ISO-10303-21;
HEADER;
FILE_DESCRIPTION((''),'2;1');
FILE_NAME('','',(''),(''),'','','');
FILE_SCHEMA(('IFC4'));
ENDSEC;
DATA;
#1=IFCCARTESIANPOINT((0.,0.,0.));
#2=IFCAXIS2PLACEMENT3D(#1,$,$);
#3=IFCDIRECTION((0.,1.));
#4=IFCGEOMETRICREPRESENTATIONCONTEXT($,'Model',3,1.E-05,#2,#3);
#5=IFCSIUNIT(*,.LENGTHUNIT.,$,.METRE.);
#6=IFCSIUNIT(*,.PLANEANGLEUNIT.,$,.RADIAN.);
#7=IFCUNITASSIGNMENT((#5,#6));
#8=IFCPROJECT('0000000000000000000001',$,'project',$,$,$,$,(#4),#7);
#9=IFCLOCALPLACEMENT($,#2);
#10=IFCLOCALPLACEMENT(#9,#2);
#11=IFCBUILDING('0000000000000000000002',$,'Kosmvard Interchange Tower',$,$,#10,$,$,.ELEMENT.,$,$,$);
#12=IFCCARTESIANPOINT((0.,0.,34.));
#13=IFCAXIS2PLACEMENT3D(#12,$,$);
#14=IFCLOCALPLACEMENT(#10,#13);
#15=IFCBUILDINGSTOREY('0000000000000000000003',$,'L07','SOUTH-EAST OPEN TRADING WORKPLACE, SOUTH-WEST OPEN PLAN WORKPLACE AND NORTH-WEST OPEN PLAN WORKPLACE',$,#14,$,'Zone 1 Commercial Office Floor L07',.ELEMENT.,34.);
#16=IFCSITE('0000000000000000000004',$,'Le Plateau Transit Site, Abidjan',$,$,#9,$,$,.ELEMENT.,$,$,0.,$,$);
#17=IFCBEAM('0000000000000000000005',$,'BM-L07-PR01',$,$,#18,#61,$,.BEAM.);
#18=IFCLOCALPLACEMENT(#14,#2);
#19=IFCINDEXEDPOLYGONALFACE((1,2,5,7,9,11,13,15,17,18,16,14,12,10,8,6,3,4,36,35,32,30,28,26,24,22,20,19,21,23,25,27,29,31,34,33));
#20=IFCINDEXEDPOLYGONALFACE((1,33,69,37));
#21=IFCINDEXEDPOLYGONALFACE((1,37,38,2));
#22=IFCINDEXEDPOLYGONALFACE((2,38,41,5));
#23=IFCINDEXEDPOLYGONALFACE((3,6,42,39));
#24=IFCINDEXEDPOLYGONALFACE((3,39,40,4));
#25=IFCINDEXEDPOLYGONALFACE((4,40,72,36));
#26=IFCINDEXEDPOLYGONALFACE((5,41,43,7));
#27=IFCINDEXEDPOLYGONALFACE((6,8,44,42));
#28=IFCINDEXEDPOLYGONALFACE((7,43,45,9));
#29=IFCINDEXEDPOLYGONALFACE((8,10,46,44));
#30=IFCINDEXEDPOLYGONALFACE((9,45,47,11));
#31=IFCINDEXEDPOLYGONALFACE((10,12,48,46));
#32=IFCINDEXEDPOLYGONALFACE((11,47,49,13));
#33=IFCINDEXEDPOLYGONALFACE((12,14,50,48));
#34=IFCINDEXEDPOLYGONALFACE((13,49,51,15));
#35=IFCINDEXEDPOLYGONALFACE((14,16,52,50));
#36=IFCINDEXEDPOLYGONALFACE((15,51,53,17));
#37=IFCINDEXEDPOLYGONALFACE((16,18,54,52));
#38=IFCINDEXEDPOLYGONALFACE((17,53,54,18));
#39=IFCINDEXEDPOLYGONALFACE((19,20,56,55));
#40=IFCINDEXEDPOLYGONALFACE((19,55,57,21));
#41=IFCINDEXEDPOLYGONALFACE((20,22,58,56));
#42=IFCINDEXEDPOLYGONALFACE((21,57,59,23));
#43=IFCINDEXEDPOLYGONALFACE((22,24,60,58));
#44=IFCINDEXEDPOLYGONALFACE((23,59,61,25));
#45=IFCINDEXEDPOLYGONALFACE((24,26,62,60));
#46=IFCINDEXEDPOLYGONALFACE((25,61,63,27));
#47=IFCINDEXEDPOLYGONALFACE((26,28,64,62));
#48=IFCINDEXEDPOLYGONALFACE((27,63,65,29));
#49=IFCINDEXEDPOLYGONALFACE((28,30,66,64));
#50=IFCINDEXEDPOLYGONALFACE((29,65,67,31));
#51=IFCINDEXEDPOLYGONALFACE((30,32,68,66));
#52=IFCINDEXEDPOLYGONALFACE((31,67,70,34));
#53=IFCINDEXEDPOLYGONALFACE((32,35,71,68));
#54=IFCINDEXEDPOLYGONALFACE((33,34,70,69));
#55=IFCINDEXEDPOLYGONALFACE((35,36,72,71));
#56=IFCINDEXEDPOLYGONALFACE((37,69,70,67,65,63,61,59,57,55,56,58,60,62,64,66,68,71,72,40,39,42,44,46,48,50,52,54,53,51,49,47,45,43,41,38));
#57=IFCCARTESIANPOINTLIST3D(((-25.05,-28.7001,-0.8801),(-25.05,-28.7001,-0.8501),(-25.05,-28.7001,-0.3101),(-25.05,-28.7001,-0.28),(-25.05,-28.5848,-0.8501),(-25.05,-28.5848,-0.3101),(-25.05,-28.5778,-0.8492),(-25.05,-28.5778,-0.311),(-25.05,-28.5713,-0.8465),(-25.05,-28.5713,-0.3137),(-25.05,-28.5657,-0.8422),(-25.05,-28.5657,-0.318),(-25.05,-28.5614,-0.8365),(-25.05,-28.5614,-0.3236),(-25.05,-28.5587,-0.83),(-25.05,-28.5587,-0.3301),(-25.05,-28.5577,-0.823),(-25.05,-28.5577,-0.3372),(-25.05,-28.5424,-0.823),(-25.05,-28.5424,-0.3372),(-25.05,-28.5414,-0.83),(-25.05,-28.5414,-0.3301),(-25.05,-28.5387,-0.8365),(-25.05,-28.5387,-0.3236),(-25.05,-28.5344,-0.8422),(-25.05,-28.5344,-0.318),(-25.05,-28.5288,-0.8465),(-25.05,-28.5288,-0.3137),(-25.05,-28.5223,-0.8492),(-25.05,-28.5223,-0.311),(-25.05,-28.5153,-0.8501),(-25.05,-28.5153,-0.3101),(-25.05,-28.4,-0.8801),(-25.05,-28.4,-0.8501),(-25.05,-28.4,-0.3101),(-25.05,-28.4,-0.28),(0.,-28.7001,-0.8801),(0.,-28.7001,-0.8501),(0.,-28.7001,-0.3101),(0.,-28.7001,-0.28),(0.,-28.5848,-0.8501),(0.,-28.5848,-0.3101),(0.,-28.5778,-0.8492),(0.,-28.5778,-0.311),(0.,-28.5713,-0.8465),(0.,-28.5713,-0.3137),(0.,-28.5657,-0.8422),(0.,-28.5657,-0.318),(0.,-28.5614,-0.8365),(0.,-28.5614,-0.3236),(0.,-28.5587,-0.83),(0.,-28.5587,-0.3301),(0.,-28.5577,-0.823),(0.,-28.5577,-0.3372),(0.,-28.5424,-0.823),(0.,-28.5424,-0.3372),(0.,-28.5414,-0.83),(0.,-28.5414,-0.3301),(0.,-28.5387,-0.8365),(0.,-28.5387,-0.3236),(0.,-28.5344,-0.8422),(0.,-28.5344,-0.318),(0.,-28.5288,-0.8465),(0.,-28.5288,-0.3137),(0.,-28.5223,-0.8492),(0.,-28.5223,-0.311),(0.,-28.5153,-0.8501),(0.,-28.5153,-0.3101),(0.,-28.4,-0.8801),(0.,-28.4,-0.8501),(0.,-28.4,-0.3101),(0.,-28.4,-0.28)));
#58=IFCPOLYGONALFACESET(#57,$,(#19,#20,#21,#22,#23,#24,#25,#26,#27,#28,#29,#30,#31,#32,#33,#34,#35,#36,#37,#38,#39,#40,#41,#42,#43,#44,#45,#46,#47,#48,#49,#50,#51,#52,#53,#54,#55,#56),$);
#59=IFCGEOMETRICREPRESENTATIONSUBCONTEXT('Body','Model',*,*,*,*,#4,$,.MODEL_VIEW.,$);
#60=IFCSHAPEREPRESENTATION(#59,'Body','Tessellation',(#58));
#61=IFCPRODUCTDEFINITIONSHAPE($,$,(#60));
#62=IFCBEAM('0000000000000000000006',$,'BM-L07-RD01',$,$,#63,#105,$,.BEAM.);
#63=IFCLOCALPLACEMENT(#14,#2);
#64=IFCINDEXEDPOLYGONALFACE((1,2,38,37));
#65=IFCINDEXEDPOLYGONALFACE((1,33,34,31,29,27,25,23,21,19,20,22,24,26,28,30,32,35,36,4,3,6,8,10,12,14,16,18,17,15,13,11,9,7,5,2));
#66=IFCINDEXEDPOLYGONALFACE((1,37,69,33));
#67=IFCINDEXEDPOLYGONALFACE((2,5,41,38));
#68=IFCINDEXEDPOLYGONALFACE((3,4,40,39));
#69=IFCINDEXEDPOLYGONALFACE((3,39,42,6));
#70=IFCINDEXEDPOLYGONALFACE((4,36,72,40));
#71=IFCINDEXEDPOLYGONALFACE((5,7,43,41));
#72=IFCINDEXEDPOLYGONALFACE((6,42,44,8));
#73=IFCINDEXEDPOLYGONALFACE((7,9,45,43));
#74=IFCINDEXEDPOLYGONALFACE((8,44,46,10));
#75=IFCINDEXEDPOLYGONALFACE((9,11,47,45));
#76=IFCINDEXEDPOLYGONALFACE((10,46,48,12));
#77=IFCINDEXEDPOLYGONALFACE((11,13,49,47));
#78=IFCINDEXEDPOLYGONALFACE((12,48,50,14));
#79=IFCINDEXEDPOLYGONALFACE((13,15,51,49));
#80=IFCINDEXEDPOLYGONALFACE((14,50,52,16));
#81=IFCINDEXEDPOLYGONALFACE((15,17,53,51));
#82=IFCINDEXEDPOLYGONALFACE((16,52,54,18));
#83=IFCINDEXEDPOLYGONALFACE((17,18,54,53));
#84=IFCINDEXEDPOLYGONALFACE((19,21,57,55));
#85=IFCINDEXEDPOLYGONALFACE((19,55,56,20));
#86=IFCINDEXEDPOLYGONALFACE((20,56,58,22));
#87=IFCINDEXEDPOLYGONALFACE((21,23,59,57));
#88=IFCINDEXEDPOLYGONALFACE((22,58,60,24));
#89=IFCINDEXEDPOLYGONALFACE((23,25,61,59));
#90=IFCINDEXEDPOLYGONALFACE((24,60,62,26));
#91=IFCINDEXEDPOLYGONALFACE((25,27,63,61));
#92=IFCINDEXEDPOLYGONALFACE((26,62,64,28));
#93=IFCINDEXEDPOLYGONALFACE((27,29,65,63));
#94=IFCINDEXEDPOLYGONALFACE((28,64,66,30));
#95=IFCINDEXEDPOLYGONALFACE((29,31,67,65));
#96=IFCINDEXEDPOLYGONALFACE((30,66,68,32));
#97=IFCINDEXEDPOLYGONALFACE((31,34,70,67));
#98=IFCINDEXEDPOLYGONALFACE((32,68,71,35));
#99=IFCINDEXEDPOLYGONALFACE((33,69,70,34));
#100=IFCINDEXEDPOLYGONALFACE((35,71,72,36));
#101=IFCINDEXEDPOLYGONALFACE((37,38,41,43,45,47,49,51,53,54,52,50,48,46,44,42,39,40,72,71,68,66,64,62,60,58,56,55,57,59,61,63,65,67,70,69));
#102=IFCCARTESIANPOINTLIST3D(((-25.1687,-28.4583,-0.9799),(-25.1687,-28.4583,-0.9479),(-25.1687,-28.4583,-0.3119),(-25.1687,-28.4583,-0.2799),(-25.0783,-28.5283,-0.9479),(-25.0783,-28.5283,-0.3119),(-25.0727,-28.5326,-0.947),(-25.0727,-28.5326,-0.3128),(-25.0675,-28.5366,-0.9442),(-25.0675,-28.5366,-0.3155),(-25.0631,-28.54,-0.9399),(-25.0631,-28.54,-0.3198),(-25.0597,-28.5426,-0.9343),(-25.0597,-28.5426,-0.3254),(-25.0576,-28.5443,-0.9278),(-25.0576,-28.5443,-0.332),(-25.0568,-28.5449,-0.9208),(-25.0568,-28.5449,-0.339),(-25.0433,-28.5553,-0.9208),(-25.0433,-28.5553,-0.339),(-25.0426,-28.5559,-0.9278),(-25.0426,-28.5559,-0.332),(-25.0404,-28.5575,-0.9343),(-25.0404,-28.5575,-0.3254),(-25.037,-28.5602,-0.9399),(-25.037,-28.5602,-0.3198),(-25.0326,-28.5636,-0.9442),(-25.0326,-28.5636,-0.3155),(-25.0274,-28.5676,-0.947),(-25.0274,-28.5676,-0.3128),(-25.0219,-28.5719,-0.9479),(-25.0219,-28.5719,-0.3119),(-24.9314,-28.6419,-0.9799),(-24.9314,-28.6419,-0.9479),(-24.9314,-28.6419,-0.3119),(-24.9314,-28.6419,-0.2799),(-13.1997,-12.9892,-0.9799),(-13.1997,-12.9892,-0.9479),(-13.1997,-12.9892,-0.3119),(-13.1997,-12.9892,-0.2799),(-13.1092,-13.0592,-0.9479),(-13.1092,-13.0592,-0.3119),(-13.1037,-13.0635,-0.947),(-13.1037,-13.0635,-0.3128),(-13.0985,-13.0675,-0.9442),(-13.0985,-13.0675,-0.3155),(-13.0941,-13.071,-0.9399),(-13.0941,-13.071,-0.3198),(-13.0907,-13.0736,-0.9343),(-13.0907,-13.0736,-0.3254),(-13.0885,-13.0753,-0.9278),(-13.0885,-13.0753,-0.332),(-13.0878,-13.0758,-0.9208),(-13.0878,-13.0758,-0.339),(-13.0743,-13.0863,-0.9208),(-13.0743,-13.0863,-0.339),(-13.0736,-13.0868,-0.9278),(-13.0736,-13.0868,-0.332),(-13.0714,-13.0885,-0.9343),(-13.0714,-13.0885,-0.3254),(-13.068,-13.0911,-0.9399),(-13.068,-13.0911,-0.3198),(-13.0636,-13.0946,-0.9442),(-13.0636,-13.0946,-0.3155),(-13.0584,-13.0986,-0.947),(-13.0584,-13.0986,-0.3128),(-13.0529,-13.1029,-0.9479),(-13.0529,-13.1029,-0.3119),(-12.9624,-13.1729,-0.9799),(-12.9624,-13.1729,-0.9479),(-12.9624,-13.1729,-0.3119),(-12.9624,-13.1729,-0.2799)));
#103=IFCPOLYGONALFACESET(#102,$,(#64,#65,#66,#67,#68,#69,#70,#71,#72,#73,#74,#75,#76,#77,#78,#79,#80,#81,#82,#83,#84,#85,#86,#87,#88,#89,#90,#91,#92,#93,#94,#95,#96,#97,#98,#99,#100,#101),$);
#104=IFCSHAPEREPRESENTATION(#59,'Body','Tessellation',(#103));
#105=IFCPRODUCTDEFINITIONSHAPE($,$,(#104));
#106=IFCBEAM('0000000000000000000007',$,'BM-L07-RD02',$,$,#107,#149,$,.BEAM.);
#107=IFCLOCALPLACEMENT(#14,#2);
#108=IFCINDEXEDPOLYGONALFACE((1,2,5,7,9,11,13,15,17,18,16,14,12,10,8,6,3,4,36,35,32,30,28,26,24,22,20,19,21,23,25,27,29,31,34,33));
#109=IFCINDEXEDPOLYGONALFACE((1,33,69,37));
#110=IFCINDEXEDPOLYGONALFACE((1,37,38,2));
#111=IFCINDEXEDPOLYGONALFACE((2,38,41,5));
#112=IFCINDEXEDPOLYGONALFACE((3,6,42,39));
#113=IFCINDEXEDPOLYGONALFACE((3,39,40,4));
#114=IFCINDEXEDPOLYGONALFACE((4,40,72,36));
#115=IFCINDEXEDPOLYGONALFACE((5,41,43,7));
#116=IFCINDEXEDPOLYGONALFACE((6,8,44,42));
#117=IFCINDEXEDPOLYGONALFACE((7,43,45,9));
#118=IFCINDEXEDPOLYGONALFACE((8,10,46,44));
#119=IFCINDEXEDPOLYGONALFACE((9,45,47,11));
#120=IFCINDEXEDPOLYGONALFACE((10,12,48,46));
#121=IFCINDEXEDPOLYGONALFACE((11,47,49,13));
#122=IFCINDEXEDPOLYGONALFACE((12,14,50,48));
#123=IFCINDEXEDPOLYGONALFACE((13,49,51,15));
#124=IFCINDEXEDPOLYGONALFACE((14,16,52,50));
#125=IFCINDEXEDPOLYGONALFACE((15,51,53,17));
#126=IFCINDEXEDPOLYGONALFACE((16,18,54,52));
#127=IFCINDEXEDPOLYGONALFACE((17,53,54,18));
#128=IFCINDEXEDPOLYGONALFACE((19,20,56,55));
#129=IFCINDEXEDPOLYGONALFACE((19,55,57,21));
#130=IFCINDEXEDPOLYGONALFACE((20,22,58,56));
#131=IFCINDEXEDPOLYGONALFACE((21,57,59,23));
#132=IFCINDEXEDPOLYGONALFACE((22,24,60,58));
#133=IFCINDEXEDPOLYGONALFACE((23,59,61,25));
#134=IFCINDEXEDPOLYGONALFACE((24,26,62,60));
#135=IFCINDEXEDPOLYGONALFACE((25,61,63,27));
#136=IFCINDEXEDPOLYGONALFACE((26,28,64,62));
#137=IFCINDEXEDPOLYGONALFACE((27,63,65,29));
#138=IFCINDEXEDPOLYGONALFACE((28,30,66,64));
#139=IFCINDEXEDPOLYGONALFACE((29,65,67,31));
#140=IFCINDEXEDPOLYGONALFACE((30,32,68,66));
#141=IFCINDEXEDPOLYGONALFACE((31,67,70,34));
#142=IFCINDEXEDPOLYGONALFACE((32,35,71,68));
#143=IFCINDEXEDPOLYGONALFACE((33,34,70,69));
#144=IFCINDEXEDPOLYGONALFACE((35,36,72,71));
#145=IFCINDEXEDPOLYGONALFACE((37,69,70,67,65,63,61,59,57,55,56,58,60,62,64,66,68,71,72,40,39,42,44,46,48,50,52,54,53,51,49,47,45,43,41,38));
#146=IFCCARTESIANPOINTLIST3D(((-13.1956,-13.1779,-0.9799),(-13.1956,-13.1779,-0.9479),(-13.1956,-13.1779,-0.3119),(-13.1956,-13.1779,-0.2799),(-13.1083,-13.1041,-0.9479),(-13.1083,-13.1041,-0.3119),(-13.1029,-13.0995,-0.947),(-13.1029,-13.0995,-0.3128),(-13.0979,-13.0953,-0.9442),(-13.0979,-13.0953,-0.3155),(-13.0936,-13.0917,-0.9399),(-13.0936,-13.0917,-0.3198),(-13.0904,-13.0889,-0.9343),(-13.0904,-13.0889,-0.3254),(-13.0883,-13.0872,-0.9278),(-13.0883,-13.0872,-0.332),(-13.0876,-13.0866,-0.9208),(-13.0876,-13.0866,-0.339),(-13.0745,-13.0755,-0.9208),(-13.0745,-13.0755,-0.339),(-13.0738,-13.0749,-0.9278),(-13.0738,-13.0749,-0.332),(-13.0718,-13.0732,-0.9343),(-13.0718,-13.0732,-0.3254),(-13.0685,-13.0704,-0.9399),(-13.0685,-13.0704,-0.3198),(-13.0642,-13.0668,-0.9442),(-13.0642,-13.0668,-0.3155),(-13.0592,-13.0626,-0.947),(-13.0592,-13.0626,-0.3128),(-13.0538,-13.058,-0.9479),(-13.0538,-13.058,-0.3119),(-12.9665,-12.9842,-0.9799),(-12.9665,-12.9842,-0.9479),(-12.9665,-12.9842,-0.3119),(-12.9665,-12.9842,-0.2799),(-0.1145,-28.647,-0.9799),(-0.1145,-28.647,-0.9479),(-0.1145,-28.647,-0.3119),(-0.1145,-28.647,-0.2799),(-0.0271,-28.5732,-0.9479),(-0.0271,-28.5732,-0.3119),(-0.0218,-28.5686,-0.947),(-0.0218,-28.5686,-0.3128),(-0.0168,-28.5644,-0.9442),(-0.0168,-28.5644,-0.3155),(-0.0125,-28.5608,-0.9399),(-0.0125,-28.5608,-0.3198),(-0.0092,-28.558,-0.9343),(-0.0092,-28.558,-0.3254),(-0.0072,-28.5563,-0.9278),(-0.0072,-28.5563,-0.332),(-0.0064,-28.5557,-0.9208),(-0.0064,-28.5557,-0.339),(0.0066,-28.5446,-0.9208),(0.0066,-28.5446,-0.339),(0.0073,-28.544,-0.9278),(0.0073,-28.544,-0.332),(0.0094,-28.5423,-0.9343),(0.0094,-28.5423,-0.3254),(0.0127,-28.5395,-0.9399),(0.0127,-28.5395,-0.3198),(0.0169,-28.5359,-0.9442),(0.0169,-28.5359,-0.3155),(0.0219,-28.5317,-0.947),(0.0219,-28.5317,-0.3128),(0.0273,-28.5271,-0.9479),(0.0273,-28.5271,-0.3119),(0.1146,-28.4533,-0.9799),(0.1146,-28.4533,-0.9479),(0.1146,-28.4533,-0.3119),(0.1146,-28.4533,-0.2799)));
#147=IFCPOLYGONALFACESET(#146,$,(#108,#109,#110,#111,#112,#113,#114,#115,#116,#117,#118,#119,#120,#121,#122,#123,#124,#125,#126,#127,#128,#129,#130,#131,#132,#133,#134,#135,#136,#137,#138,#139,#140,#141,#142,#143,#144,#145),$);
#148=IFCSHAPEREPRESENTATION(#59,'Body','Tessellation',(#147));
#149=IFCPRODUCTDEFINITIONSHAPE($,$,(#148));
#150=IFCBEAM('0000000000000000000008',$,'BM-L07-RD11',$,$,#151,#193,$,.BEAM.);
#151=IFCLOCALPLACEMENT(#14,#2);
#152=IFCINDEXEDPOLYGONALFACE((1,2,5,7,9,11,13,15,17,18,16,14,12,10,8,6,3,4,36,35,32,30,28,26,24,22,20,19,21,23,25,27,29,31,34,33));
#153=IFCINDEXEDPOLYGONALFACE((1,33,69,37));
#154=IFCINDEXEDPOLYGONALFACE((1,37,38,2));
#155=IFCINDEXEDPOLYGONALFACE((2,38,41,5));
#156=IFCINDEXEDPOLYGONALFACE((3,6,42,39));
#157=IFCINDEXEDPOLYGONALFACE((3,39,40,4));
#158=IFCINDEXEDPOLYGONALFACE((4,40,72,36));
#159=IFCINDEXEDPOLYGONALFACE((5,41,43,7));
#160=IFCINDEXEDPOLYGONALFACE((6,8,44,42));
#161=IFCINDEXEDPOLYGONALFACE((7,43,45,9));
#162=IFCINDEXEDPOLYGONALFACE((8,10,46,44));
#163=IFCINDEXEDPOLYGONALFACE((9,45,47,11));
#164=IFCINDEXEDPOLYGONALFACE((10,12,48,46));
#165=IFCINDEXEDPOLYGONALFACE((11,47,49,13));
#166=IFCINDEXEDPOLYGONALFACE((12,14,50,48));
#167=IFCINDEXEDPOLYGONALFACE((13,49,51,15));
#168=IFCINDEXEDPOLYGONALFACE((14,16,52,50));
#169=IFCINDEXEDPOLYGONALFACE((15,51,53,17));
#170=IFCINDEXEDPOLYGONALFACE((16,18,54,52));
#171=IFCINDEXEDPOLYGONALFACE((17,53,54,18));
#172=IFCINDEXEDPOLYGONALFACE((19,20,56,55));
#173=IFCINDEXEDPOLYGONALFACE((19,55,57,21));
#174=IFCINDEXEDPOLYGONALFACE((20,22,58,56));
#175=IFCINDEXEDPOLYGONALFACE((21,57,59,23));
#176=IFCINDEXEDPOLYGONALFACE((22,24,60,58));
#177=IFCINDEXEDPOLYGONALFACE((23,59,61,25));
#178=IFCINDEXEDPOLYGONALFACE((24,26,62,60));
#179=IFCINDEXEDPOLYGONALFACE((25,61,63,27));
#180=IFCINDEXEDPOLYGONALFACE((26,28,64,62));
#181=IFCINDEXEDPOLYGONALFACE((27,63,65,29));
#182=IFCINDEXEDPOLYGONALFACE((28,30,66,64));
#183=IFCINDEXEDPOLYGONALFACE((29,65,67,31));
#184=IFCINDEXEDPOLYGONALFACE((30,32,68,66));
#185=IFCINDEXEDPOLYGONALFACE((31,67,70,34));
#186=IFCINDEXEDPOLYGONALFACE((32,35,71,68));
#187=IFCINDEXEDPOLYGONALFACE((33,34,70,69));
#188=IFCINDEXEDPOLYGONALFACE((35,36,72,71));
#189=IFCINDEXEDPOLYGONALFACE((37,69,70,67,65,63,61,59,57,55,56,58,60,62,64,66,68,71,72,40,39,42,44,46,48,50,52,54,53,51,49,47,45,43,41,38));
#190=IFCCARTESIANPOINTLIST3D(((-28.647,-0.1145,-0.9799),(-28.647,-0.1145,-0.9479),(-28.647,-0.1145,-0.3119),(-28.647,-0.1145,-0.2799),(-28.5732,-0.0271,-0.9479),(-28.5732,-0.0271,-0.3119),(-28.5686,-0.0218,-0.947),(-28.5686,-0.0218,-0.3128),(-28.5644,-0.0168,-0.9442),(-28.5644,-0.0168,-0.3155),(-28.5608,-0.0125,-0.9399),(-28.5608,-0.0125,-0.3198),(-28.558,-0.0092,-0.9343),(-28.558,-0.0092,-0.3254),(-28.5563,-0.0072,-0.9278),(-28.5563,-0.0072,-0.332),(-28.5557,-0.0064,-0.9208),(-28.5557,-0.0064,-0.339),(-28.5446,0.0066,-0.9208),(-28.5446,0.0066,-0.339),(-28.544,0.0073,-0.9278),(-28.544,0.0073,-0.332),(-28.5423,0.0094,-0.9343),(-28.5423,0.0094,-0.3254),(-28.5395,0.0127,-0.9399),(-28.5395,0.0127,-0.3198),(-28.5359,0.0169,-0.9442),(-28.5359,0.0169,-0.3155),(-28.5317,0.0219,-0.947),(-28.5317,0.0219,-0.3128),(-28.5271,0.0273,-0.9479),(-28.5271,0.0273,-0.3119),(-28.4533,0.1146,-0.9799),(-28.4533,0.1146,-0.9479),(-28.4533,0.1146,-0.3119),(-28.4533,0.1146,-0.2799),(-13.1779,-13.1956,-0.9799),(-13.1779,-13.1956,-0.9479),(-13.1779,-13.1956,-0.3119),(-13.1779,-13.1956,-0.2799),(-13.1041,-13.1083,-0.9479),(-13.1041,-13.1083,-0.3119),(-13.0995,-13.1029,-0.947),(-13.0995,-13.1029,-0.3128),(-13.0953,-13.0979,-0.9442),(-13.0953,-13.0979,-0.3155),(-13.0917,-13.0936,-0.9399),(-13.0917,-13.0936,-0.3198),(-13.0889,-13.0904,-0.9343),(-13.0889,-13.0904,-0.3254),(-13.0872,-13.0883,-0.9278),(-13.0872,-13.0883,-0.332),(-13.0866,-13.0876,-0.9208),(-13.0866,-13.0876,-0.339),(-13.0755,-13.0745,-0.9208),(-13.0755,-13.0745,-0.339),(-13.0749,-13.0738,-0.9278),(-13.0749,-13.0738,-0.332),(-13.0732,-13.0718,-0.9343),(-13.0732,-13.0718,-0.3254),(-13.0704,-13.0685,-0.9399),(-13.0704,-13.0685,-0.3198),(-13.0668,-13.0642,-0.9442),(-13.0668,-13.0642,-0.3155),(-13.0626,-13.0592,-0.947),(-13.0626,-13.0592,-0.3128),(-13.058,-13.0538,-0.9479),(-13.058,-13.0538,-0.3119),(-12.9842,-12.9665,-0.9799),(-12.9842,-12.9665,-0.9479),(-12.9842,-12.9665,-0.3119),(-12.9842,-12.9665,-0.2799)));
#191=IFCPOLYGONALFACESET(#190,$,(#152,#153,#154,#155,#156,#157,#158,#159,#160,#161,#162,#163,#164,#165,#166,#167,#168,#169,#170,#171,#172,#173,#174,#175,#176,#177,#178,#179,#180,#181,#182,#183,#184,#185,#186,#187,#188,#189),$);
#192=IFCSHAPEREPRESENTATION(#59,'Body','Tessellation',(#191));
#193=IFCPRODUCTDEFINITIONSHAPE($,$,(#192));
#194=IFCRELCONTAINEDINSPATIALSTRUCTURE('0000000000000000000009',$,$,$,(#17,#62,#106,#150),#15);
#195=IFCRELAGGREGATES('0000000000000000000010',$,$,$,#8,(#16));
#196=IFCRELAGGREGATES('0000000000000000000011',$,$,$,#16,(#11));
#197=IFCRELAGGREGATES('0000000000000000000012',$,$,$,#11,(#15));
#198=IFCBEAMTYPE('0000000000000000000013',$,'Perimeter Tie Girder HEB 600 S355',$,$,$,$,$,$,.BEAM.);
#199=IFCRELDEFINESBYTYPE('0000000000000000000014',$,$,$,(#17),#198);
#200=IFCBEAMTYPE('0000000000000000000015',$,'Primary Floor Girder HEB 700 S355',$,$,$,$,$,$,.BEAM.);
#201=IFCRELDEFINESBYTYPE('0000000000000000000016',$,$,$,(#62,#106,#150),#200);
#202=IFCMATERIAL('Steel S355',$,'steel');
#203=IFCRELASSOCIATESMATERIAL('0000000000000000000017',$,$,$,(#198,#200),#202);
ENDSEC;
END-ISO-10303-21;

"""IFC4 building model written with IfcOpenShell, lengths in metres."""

from ifc_helpers import new_model, si_unit, direction, frame, origin, origin_2d, place, context, subcontext, project, spatial, i_section, extrude, source, transform, mapped, material, material_profile, profile_set, type_object, element, save


model = new_model("IFC4")

# Units and contexts
model_context = context("Model", 3, precision=1e-05, world=origin(), true_north=direction((0.0, 1.0)))
body_context = subcontext(model_context, "Body", "Model", "MODEL_VIEW")
ifc_project = project(units=[si_unit("LENGTHUNIT", "METRE"), si_unit("PLANEANGLEUNIT", "RADIAN")], contexts=[model_context])

# Site, building, storey
site_placement = place(None, origin())
site = spatial("IfcSite", under=ifc_project, at=site_placement, Name="Le Plateau Transit Site, Abidjan", CompositionType="ELEMENT", RefElevation=0.0)
building_placement = place(site_placement, origin())
building = spatial("IfcBuilding", under=site, at=building_placement, Name="Kosmvard Interchange Tower", CompositionType="ELEMENT")
storey_placement = place(building_placement, frame((0.0, 0.0, 34.0)))
storey = spatial("IfcBuildingStorey", under=building, at=storey_placement, Name="L07", Description="SOUTH-EAST OPEN TRADING WORKPLACE, SOUTH-WEST OPEN PLAN WORKPLACE AND NORTH-WEST OPEN PLAN WORKPLACE", LongName="Zone 1 Commercial Office Floor L07", CompositionType="ELEMENT", Elevation=34.0)

# Beams
ifc_material_1 = material(Name="Steel S355", Category="steel")
ifc_material_profile_1 = material_profile(ifc_material_1, i_section(OverallWidth=0.3, OverallDepth=0.6001, WebThickness=0.0154, FlangeThickness=0.03, FilletRadius=0.0271, at=origin_2d()), Name="HEB 600")
ifc_profile_set_1 = profile_set([ifc_material_profile_1], Name="Steel S355")
beam_type_1 = type_object("IfcBeamType", Name="Perimeter Tie Girder HEB 600 S355", PredefinedType="BEAM", material=ifc_profile_set_1)
shared_shape_1 = source(origin(), body_context, "Body", "SweptSolid", [
    extrude(i_section(OverallWidth=0.3, OverallDepth=0.6001, WebThickness=0.0154, FlangeThickness=0.03, FilletRadius=0.0271, at=origin_2d()), origin(), (0.0, 0.0, 1.0), 25.05),
])
beam_1_placement = place(storey_placement, frame((-25.05, -28.55, -0.5801), z_axis=(1.0, 0.0, 0.0), x_axis=(0.0, 1.0, 0.0)))
element("IfcBeam", 1, at=beam_1_placement, inside=storey, type_object=beam_type_1, Name="BM-L07-PR01", PredefinedType="BEAM", context=body_context, shape_type="MappedRepresentation", body=[
    mapped(shared_shape_1, transform((0.0, 0.0, 0.0), scale=1.0)),
])
ifc_material_profile_2 = material_profile(ifc_material_1, i_section(OverallWidth=0.3, OverallDepth=0.7, WebThickness=0.0171, FlangeThickness=0.032, FilletRadius=0.0271, at=origin_2d()), Name="HEB 700")
ifc_profile_set_2 = profile_set([ifc_material_profile_2], Name="Steel S355")
beam_type_2 = type_object("IfcBeamType", Name="Primary Floor Girder HEB 700 S355", PredefinedType="BEAM", material=ifc_profile_set_2)
shared_shape_2 = source(origin(), body_context, "Body", "SweptSolid", [
    extrude(i_section(OverallWidth=0.3, OverallDepth=0.7, WebThickness=0.0171, FlangeThickness=0.032, FilletRadius=0.0271, at=origin_2d()), origin(), (0.0, 0.0, 1.0), 19.5588),
])
beam_2_placement = place(storey_placement, frame((-13.0811, -13.0811, -0.6299), z_axis=(-0.611949, -0.790897, 0.0), x_axis=(0.790897, -0.611949, 0.0)))
element("IfcBeam", 2, at=beam_2_placement, inside=storey, type_object=beam_type_2, Name="BM-L07-RD01", PredefinedType="BEAM", context=body_context, shape_type="MappedRepresentation", body=[
    mapped(shared_shape_2, transform((0.0, 0.0, 0.0), scale=1.0)),
])
shared_shape_3 = source(origin(), body_context, "Body", "SweptSolid", [
    extrude(i_section(OverallWidth=0.3, OverallDepth=0.7, WebThickness=0.0171, FlangeThickness=0.032, FilletRadius=0.0271, at=origin_2d()), origin(), (0.0, 0.0, 1.0), 20.2585),
])
for number, where, z_axis, x_axis, name in (
    (3, (-13.0811, -13.0811, -0.6299), (0.645709, -0.763583, 0.0), (0.763583, 0.645709, 0.0), "BM-L07-RD02"),
    (4, (-13.0811, -13.0811, -0.6299), (-0.763583, 0.645709, 0.0), (-0.645709, -0.763583, 0.0), "BM-L07-RD11"),
):
    element("IfcBeam", number, at=place(storey_placement, frame(where, z_axis=z_axis, x_axis=x_axis)), inside=storey, type_object=beam_type_2, Name=name, PredefinedType="BEAM", context=body_context, shape_type="MappedRepresentation", body=[
        mapped(shared_shape_3, transform((0.0, 0.0, 0.0), scale=1.0)),
    ])

save(model, "model.ifc")
